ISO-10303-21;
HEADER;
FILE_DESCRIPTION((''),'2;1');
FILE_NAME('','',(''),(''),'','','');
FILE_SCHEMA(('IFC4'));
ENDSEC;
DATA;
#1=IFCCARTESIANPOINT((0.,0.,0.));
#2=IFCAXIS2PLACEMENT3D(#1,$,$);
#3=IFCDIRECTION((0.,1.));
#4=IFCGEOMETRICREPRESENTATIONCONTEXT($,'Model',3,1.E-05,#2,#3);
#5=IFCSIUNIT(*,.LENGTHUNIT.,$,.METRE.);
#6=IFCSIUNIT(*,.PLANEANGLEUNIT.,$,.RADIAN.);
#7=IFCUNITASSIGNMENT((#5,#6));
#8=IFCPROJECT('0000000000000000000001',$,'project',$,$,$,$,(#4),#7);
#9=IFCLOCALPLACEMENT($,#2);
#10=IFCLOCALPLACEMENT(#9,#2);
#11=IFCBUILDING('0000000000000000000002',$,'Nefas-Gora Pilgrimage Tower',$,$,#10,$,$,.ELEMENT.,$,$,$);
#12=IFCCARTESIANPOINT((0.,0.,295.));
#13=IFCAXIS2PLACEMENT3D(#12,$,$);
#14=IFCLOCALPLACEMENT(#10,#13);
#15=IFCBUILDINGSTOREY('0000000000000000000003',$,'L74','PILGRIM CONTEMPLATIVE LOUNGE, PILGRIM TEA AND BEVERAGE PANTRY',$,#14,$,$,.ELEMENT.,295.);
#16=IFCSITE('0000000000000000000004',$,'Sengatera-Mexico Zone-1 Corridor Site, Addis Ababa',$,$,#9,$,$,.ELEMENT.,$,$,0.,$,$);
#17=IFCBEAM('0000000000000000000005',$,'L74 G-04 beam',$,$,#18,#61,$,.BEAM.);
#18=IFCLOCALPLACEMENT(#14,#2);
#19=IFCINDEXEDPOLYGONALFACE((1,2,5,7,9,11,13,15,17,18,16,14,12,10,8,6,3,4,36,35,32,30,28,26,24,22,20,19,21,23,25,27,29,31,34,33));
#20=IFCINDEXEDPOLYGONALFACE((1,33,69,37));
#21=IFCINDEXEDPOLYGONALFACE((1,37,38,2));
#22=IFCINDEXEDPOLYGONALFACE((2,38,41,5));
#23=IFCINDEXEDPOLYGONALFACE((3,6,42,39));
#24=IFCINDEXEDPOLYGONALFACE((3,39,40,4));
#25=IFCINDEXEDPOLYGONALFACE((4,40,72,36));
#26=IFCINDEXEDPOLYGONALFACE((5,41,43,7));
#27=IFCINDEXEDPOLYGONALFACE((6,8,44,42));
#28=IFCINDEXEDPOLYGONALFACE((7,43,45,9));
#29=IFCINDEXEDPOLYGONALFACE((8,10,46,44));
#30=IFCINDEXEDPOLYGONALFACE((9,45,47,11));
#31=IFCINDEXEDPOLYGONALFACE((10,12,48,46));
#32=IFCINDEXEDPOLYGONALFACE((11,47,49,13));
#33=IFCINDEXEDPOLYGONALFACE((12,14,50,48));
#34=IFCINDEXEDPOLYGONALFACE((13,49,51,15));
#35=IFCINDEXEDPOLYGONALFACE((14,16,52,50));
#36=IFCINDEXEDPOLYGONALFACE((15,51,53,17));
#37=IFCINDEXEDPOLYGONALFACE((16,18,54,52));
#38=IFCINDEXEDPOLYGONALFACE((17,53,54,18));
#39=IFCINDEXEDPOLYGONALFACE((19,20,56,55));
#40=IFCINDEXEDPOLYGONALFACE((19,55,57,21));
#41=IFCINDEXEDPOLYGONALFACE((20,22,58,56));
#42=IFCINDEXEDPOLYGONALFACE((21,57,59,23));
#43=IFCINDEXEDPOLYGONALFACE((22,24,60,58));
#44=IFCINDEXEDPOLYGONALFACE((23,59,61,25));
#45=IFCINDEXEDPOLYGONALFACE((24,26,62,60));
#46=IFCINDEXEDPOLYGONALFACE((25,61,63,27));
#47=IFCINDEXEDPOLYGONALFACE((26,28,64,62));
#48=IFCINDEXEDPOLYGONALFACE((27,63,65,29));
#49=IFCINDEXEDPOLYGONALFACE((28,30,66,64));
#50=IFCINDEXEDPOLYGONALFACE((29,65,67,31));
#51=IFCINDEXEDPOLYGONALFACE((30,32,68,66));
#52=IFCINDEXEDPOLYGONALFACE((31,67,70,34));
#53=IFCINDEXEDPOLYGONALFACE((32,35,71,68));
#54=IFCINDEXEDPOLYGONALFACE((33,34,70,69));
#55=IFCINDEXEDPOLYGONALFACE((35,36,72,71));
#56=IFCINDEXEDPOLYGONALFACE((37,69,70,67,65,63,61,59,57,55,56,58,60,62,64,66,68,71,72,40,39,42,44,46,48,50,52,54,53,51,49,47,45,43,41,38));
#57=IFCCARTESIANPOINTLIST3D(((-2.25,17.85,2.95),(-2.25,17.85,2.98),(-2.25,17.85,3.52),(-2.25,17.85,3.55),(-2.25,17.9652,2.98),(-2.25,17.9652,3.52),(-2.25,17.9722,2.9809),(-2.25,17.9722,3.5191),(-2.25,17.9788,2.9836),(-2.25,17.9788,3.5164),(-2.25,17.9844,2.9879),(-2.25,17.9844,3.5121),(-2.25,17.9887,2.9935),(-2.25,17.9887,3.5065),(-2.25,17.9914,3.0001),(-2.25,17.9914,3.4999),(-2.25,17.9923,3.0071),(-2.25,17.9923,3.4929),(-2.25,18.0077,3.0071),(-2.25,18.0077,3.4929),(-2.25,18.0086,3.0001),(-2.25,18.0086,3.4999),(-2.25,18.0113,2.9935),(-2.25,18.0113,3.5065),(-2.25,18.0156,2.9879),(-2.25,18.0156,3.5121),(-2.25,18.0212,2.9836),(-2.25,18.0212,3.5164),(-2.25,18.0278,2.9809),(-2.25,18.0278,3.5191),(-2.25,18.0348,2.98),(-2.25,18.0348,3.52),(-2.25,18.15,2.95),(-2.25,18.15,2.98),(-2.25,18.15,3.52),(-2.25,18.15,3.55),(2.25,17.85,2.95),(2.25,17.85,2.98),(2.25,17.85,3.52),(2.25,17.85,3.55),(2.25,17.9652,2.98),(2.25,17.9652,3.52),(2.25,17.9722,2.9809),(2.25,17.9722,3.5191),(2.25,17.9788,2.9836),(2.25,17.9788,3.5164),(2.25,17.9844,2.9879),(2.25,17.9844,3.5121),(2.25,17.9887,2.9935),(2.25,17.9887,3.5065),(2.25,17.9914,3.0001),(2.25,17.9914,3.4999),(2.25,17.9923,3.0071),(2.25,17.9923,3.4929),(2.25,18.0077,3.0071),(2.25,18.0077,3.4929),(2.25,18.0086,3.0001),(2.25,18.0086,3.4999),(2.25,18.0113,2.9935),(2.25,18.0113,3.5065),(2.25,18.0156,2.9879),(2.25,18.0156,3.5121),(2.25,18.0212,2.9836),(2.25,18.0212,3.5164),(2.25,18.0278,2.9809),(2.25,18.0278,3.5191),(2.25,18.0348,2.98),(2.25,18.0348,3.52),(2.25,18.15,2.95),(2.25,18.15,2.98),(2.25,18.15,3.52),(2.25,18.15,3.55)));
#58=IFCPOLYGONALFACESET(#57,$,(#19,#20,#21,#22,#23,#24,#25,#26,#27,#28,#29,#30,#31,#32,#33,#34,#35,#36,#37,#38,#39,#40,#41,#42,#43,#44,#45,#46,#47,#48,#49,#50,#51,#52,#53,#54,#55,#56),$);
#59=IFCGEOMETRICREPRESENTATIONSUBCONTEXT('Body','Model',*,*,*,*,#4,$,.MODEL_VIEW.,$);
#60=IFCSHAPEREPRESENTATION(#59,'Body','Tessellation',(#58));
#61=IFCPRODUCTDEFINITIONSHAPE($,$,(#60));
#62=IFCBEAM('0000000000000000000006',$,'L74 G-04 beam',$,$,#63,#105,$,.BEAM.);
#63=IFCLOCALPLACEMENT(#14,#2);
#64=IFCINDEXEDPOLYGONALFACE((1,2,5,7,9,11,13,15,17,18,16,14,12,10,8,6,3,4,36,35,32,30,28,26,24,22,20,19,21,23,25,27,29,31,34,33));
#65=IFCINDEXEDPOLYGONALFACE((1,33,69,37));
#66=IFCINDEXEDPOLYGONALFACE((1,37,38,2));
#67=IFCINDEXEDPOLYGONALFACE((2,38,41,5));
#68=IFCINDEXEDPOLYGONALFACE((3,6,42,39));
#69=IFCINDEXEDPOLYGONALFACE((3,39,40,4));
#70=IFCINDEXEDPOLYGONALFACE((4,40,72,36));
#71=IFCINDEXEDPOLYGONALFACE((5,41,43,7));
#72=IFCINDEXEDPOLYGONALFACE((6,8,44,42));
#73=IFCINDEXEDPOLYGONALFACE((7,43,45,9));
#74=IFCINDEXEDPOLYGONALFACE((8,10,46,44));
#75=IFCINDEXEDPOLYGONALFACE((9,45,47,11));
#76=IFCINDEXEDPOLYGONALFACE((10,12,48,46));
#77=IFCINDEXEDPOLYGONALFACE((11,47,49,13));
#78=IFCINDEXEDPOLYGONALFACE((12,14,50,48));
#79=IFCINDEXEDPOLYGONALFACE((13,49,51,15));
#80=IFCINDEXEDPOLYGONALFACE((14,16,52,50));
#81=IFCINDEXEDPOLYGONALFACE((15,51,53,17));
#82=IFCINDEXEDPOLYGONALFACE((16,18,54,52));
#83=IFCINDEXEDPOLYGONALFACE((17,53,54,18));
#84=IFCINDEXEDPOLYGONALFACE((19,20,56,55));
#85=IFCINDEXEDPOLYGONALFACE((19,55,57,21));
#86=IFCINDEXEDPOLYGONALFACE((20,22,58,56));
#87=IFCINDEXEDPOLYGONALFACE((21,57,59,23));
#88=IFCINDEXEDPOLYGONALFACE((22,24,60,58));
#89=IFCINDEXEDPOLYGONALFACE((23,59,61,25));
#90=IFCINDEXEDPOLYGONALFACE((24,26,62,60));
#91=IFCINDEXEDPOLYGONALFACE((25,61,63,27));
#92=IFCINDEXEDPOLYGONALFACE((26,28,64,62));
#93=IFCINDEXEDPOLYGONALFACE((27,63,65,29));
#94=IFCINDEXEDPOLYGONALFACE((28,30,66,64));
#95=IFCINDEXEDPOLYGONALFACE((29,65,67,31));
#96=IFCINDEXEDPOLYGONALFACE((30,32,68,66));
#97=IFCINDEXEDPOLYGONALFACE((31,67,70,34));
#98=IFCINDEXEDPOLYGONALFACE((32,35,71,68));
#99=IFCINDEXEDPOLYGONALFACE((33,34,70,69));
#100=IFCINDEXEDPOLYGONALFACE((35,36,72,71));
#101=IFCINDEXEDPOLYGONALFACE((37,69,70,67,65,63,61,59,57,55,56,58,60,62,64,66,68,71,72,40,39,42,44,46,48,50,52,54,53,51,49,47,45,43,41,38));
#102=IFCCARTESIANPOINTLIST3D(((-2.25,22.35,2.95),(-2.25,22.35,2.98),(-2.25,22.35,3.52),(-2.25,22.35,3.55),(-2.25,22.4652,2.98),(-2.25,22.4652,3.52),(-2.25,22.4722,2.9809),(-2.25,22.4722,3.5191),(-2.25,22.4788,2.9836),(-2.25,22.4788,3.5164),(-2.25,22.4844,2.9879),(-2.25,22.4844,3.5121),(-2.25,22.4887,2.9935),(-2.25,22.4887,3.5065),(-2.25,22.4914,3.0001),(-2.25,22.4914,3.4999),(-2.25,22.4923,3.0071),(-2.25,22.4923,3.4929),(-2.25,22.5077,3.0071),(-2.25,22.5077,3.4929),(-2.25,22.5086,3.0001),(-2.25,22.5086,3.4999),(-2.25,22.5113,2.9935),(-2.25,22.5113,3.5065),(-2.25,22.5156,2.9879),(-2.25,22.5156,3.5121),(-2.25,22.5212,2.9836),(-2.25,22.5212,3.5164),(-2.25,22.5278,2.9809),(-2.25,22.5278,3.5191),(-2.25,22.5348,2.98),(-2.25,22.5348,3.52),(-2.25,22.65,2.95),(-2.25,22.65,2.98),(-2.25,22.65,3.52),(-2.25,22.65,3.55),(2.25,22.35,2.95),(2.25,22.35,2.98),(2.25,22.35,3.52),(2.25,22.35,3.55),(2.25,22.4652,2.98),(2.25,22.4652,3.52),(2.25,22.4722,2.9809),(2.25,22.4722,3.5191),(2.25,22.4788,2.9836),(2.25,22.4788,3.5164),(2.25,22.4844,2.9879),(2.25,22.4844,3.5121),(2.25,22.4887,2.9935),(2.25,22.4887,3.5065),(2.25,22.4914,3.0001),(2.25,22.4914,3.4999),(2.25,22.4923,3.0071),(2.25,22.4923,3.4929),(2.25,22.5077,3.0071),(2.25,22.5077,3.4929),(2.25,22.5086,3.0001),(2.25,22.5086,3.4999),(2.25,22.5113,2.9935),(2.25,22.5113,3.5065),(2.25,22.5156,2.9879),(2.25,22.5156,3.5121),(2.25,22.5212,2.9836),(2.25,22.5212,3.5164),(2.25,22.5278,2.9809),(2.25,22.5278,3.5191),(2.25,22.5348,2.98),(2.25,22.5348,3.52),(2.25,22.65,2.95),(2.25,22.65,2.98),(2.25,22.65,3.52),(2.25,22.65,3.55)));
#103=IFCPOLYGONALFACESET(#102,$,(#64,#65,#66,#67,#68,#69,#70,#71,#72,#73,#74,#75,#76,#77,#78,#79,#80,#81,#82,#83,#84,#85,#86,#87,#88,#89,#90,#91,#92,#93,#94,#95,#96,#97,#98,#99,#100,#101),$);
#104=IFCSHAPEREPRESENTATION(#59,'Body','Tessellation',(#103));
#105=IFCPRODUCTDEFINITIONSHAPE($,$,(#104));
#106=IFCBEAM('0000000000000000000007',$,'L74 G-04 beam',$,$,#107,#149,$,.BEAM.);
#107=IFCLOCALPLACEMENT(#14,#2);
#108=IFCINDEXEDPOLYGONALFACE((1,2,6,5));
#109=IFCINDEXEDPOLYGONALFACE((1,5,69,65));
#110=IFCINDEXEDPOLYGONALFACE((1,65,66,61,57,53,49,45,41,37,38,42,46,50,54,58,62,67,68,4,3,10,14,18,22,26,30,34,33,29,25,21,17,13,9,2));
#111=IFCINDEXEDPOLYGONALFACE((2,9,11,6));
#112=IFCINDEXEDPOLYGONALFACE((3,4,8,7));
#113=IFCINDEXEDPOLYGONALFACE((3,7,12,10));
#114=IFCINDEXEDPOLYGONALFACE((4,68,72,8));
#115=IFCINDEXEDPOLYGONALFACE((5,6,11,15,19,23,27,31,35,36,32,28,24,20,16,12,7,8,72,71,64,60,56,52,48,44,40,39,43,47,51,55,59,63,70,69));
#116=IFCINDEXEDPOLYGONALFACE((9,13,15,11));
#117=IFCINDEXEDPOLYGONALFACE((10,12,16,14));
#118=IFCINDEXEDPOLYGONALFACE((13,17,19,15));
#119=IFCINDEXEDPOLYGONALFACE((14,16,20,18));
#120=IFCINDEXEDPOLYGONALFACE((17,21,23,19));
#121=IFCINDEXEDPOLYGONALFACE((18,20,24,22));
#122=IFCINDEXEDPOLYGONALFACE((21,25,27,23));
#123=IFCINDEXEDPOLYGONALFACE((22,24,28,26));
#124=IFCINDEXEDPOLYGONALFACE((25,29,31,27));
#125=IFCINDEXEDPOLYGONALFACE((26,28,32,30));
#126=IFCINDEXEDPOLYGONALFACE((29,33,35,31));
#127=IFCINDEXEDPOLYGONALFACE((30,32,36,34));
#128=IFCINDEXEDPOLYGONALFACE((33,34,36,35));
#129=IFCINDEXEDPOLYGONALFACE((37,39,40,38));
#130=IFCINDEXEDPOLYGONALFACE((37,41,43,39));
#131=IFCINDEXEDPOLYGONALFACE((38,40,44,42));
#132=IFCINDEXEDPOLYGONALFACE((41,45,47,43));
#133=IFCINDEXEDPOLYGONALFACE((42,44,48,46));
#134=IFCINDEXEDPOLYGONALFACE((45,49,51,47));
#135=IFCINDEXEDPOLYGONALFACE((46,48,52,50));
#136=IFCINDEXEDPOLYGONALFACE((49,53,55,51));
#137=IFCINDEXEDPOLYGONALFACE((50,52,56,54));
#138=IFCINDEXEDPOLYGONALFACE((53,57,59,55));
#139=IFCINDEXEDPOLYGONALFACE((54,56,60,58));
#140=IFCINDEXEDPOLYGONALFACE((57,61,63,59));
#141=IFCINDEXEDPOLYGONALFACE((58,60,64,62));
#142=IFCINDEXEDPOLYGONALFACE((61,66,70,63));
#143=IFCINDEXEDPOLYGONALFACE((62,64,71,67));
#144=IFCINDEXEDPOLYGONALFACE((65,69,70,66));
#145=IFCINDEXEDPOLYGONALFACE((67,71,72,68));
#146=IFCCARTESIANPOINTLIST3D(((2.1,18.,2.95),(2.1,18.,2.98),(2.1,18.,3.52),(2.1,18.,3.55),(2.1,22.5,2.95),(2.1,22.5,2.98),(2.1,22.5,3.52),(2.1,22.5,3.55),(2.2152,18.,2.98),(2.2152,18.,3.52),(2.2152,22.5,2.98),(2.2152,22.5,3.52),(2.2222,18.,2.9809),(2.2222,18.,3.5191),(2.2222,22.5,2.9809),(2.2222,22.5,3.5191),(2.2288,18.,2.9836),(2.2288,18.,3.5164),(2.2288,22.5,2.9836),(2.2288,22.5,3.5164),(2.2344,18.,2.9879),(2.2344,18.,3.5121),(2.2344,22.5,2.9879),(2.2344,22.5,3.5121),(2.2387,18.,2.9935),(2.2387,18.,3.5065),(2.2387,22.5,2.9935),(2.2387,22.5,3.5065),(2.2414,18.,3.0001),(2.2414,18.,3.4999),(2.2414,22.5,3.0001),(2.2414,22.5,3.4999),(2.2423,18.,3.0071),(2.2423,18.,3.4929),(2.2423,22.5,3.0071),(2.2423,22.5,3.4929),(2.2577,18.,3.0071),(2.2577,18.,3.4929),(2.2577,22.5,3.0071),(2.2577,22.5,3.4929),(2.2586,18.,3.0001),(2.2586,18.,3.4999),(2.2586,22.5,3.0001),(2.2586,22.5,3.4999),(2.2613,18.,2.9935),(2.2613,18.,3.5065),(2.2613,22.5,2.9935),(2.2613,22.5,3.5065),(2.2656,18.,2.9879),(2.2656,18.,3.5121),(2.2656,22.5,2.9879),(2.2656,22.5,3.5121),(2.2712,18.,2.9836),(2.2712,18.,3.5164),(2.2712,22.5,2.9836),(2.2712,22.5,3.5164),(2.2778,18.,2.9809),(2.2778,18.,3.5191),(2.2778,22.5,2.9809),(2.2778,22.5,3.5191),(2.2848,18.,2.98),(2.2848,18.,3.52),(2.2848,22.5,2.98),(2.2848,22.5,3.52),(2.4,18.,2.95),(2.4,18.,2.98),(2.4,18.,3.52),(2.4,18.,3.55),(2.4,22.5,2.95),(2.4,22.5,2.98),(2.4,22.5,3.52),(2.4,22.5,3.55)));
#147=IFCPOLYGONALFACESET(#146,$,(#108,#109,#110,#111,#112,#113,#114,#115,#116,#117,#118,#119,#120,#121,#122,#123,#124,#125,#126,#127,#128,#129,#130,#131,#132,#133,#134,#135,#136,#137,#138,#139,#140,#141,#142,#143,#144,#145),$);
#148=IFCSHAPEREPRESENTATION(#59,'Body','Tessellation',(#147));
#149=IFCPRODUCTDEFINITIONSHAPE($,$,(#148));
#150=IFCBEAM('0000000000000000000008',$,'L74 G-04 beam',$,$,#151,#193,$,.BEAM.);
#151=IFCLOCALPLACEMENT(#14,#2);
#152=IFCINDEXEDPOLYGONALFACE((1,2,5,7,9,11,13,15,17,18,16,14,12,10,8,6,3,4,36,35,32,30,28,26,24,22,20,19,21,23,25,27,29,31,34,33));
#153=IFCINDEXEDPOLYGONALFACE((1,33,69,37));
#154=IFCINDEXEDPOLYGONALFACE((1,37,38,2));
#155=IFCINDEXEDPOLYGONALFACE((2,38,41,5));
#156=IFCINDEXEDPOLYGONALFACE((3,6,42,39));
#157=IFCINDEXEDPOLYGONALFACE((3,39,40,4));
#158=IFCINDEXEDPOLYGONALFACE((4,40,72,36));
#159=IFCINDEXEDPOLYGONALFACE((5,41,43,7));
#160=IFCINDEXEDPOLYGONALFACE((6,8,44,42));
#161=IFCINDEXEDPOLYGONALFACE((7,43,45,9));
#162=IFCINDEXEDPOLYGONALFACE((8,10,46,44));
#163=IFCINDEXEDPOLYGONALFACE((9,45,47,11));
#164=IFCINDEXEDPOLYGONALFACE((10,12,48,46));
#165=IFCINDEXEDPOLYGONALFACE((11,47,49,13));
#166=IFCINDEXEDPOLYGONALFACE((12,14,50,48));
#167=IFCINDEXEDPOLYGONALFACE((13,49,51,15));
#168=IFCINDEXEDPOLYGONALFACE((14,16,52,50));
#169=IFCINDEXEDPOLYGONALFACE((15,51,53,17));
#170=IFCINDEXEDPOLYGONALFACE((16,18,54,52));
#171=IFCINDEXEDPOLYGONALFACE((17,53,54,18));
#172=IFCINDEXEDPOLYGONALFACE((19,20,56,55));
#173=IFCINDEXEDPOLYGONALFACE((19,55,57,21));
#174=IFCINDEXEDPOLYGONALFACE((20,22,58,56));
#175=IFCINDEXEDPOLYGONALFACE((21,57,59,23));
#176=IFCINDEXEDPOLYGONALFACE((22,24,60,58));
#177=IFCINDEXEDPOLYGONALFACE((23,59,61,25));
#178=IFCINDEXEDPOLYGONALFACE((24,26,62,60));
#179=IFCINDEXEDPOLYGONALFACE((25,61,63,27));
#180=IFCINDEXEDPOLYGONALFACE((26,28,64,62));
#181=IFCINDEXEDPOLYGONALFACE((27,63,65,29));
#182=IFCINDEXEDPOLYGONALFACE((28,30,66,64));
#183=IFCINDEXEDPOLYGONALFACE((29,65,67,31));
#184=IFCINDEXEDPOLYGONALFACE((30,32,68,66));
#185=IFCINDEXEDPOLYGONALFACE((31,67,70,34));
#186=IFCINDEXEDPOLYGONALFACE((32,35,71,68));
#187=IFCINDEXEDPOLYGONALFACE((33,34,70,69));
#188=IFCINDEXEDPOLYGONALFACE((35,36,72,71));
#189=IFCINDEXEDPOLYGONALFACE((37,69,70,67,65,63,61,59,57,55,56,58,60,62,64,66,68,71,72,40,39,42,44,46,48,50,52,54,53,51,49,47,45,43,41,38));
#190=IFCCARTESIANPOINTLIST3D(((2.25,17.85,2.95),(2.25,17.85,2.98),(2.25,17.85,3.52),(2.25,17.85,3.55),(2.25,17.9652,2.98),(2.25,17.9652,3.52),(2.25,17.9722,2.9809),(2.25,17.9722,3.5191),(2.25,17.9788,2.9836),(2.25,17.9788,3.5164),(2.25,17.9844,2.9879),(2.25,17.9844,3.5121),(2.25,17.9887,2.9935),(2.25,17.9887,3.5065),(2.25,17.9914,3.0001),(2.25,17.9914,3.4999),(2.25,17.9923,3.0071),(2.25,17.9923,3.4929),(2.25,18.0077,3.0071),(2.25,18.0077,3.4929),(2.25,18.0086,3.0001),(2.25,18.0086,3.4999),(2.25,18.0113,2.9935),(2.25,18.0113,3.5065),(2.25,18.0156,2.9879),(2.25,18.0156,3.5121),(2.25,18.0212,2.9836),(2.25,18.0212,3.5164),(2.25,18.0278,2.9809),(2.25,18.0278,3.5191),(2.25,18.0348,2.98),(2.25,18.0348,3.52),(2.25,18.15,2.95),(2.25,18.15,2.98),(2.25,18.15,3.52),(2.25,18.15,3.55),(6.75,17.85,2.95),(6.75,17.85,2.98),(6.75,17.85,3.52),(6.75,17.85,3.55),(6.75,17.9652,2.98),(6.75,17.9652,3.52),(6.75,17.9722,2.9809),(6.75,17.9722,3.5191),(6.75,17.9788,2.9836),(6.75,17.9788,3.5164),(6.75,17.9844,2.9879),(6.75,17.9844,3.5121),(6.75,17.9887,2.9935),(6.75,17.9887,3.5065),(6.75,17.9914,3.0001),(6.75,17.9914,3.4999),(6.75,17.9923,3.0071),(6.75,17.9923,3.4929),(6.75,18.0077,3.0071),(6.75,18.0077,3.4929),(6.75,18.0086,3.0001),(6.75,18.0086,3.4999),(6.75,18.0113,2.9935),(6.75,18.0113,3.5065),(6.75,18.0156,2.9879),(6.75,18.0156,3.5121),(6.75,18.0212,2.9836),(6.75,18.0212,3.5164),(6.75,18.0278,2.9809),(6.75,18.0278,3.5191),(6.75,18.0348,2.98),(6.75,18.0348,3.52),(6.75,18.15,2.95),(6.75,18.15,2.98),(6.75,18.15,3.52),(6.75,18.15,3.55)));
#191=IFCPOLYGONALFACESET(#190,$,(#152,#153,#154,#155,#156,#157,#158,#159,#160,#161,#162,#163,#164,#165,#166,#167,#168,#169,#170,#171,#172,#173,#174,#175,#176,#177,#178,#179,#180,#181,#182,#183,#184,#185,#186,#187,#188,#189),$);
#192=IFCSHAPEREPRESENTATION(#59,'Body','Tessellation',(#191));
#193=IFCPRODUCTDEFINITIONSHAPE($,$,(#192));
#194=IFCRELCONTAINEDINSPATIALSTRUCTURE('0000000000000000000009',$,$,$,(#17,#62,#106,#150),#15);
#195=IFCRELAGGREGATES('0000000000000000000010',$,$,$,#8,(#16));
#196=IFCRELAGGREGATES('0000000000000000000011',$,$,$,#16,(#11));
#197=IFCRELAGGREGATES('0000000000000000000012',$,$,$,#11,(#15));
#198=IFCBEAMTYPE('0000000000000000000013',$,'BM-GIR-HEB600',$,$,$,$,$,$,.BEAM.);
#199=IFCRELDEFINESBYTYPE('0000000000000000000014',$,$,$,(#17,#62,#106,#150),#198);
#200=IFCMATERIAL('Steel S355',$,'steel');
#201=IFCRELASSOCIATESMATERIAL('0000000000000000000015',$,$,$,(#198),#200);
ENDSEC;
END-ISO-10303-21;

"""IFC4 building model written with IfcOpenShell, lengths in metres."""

from ifc_helpers import new_model, si_unit, direction, frame, origin, origin_2d, place, context, subcontext, project, spatial, i_section, extrude, source, transform, mapped, material, material_profile, profile_set, type_object, element, save


model = new_model("IFC4")

# Units and contexts
model_context = context("Model", 3, precision=1e-05, world=origin(), true_north=direction((0.0, 1.0)))
body_context = subcontext(model_context, "Body", "Model", "MODEL_VIEW")
ifc_project = project(units=[si_unit("LENGTHUNIT", "METRE"), si_unit("PLANEANGLEUNIT", "RADIAN")], contexts=[model_context])

# Site, building, storey
site_placement = place(None, origin())
site = spatial("IfcSite", under=ifc_project, at=site_placement, Name="Sengatera-Mexico Zone-1 Corridor Site, Addis Ababa", CompositionType="ELEMENT", RefElevation=0.0)
building_placement = place(site_placement, origin())
building = spatial("IfcBuilding", under=site, at=building_placement, Name="Nefas-Gora Pilgrimage Tower", CompositionType="ELEMENT")
storey_placement = place(building_placement, frame((0.0, 0.0, 295.0)))
storey = spatial("IfcBuildingStorey", under=building, at=storey_placement, Name="L74", Description="PILGRIM CONTEMPLATIVE LOUNGE, PILGRIM TEA AND BEVERAGE PANTRY", CompositionType="ELEMENT", Elevation=295.0)

# Shared definitions
ifc_material_1 = material(Name="Steel S355", Category="steel")

# Beams
ifc_material_profile_1 = material_profile(ifc_material_1, i_section(OverallWidth=0.3, OverallDepth=0.6001, WebThickness=0.0154, FlangeThickness=0.03, FilletRadius=0.0271, at=origin_2d()), Name="HEB 600")
ifc_profile_set_1 = profile_set([ifc_material_profile_1], Name="Steel S355")
beam_type = type_object("IfcBeamType", Name="BM-GIR-HEB600", PredefinedType="BEAM", material=ifc_profile_set_1)
shared_shape_1 = source(origin(), body_context, "Body", "SweptSolid", [
    extrude(i_section(OverallWidth=0.3, OverallDepth=0.6001, WebThickness=0.0154, FlangeThickness=0.03, FilletRadius=0.0271, at=origin_2d()), origin(), (0.0, 0.0, 1.0), 4.5),
])
for number, where, z_axis, x_axis, name in (
    (1, (-2.25, 18.0, 3.25), (1.0, 0.0, 0.0), (0.0, 1.0, 0.0), "L74 G-04 beam"),
    (2, (-2.25, 22.5, 3.25), (1.0, 0.0, 0.0), (0.0, 1.0, 0.0), "L74 G-04 beam"),
    (3, (2.25, 18.0, 3.25), (0.0, 1.0, 0.0), (-1.0, 0.0, 0.0), "L74 G-04 beam"),
    (4, (2.25, 18.0, 3.25), (1.0, 0.0, 0.0), (0.0, 1.0, 0.0), "L74 G-04 beam"),
):
    element("IfcBeam", number, at=place(storey_placement, frame(where, z_axis=z_axis, x_axis=x_axis)), inside=storey, type_object=beam_type, Name=name, PredefinedType="BEAM", context=body_context, shape_type="MappedRepresentation", body=[
        mapped(shared_shape_1, transform((0.0, 0.0, 0.0), x_axis=(1.0, 0.0, 0.0), y_axis=(0.0, 1.0, 0.0), z_axis=(0.0, 0.0, 1.0), scale=1.0)),
    ])

save(model, "model.ifc")
